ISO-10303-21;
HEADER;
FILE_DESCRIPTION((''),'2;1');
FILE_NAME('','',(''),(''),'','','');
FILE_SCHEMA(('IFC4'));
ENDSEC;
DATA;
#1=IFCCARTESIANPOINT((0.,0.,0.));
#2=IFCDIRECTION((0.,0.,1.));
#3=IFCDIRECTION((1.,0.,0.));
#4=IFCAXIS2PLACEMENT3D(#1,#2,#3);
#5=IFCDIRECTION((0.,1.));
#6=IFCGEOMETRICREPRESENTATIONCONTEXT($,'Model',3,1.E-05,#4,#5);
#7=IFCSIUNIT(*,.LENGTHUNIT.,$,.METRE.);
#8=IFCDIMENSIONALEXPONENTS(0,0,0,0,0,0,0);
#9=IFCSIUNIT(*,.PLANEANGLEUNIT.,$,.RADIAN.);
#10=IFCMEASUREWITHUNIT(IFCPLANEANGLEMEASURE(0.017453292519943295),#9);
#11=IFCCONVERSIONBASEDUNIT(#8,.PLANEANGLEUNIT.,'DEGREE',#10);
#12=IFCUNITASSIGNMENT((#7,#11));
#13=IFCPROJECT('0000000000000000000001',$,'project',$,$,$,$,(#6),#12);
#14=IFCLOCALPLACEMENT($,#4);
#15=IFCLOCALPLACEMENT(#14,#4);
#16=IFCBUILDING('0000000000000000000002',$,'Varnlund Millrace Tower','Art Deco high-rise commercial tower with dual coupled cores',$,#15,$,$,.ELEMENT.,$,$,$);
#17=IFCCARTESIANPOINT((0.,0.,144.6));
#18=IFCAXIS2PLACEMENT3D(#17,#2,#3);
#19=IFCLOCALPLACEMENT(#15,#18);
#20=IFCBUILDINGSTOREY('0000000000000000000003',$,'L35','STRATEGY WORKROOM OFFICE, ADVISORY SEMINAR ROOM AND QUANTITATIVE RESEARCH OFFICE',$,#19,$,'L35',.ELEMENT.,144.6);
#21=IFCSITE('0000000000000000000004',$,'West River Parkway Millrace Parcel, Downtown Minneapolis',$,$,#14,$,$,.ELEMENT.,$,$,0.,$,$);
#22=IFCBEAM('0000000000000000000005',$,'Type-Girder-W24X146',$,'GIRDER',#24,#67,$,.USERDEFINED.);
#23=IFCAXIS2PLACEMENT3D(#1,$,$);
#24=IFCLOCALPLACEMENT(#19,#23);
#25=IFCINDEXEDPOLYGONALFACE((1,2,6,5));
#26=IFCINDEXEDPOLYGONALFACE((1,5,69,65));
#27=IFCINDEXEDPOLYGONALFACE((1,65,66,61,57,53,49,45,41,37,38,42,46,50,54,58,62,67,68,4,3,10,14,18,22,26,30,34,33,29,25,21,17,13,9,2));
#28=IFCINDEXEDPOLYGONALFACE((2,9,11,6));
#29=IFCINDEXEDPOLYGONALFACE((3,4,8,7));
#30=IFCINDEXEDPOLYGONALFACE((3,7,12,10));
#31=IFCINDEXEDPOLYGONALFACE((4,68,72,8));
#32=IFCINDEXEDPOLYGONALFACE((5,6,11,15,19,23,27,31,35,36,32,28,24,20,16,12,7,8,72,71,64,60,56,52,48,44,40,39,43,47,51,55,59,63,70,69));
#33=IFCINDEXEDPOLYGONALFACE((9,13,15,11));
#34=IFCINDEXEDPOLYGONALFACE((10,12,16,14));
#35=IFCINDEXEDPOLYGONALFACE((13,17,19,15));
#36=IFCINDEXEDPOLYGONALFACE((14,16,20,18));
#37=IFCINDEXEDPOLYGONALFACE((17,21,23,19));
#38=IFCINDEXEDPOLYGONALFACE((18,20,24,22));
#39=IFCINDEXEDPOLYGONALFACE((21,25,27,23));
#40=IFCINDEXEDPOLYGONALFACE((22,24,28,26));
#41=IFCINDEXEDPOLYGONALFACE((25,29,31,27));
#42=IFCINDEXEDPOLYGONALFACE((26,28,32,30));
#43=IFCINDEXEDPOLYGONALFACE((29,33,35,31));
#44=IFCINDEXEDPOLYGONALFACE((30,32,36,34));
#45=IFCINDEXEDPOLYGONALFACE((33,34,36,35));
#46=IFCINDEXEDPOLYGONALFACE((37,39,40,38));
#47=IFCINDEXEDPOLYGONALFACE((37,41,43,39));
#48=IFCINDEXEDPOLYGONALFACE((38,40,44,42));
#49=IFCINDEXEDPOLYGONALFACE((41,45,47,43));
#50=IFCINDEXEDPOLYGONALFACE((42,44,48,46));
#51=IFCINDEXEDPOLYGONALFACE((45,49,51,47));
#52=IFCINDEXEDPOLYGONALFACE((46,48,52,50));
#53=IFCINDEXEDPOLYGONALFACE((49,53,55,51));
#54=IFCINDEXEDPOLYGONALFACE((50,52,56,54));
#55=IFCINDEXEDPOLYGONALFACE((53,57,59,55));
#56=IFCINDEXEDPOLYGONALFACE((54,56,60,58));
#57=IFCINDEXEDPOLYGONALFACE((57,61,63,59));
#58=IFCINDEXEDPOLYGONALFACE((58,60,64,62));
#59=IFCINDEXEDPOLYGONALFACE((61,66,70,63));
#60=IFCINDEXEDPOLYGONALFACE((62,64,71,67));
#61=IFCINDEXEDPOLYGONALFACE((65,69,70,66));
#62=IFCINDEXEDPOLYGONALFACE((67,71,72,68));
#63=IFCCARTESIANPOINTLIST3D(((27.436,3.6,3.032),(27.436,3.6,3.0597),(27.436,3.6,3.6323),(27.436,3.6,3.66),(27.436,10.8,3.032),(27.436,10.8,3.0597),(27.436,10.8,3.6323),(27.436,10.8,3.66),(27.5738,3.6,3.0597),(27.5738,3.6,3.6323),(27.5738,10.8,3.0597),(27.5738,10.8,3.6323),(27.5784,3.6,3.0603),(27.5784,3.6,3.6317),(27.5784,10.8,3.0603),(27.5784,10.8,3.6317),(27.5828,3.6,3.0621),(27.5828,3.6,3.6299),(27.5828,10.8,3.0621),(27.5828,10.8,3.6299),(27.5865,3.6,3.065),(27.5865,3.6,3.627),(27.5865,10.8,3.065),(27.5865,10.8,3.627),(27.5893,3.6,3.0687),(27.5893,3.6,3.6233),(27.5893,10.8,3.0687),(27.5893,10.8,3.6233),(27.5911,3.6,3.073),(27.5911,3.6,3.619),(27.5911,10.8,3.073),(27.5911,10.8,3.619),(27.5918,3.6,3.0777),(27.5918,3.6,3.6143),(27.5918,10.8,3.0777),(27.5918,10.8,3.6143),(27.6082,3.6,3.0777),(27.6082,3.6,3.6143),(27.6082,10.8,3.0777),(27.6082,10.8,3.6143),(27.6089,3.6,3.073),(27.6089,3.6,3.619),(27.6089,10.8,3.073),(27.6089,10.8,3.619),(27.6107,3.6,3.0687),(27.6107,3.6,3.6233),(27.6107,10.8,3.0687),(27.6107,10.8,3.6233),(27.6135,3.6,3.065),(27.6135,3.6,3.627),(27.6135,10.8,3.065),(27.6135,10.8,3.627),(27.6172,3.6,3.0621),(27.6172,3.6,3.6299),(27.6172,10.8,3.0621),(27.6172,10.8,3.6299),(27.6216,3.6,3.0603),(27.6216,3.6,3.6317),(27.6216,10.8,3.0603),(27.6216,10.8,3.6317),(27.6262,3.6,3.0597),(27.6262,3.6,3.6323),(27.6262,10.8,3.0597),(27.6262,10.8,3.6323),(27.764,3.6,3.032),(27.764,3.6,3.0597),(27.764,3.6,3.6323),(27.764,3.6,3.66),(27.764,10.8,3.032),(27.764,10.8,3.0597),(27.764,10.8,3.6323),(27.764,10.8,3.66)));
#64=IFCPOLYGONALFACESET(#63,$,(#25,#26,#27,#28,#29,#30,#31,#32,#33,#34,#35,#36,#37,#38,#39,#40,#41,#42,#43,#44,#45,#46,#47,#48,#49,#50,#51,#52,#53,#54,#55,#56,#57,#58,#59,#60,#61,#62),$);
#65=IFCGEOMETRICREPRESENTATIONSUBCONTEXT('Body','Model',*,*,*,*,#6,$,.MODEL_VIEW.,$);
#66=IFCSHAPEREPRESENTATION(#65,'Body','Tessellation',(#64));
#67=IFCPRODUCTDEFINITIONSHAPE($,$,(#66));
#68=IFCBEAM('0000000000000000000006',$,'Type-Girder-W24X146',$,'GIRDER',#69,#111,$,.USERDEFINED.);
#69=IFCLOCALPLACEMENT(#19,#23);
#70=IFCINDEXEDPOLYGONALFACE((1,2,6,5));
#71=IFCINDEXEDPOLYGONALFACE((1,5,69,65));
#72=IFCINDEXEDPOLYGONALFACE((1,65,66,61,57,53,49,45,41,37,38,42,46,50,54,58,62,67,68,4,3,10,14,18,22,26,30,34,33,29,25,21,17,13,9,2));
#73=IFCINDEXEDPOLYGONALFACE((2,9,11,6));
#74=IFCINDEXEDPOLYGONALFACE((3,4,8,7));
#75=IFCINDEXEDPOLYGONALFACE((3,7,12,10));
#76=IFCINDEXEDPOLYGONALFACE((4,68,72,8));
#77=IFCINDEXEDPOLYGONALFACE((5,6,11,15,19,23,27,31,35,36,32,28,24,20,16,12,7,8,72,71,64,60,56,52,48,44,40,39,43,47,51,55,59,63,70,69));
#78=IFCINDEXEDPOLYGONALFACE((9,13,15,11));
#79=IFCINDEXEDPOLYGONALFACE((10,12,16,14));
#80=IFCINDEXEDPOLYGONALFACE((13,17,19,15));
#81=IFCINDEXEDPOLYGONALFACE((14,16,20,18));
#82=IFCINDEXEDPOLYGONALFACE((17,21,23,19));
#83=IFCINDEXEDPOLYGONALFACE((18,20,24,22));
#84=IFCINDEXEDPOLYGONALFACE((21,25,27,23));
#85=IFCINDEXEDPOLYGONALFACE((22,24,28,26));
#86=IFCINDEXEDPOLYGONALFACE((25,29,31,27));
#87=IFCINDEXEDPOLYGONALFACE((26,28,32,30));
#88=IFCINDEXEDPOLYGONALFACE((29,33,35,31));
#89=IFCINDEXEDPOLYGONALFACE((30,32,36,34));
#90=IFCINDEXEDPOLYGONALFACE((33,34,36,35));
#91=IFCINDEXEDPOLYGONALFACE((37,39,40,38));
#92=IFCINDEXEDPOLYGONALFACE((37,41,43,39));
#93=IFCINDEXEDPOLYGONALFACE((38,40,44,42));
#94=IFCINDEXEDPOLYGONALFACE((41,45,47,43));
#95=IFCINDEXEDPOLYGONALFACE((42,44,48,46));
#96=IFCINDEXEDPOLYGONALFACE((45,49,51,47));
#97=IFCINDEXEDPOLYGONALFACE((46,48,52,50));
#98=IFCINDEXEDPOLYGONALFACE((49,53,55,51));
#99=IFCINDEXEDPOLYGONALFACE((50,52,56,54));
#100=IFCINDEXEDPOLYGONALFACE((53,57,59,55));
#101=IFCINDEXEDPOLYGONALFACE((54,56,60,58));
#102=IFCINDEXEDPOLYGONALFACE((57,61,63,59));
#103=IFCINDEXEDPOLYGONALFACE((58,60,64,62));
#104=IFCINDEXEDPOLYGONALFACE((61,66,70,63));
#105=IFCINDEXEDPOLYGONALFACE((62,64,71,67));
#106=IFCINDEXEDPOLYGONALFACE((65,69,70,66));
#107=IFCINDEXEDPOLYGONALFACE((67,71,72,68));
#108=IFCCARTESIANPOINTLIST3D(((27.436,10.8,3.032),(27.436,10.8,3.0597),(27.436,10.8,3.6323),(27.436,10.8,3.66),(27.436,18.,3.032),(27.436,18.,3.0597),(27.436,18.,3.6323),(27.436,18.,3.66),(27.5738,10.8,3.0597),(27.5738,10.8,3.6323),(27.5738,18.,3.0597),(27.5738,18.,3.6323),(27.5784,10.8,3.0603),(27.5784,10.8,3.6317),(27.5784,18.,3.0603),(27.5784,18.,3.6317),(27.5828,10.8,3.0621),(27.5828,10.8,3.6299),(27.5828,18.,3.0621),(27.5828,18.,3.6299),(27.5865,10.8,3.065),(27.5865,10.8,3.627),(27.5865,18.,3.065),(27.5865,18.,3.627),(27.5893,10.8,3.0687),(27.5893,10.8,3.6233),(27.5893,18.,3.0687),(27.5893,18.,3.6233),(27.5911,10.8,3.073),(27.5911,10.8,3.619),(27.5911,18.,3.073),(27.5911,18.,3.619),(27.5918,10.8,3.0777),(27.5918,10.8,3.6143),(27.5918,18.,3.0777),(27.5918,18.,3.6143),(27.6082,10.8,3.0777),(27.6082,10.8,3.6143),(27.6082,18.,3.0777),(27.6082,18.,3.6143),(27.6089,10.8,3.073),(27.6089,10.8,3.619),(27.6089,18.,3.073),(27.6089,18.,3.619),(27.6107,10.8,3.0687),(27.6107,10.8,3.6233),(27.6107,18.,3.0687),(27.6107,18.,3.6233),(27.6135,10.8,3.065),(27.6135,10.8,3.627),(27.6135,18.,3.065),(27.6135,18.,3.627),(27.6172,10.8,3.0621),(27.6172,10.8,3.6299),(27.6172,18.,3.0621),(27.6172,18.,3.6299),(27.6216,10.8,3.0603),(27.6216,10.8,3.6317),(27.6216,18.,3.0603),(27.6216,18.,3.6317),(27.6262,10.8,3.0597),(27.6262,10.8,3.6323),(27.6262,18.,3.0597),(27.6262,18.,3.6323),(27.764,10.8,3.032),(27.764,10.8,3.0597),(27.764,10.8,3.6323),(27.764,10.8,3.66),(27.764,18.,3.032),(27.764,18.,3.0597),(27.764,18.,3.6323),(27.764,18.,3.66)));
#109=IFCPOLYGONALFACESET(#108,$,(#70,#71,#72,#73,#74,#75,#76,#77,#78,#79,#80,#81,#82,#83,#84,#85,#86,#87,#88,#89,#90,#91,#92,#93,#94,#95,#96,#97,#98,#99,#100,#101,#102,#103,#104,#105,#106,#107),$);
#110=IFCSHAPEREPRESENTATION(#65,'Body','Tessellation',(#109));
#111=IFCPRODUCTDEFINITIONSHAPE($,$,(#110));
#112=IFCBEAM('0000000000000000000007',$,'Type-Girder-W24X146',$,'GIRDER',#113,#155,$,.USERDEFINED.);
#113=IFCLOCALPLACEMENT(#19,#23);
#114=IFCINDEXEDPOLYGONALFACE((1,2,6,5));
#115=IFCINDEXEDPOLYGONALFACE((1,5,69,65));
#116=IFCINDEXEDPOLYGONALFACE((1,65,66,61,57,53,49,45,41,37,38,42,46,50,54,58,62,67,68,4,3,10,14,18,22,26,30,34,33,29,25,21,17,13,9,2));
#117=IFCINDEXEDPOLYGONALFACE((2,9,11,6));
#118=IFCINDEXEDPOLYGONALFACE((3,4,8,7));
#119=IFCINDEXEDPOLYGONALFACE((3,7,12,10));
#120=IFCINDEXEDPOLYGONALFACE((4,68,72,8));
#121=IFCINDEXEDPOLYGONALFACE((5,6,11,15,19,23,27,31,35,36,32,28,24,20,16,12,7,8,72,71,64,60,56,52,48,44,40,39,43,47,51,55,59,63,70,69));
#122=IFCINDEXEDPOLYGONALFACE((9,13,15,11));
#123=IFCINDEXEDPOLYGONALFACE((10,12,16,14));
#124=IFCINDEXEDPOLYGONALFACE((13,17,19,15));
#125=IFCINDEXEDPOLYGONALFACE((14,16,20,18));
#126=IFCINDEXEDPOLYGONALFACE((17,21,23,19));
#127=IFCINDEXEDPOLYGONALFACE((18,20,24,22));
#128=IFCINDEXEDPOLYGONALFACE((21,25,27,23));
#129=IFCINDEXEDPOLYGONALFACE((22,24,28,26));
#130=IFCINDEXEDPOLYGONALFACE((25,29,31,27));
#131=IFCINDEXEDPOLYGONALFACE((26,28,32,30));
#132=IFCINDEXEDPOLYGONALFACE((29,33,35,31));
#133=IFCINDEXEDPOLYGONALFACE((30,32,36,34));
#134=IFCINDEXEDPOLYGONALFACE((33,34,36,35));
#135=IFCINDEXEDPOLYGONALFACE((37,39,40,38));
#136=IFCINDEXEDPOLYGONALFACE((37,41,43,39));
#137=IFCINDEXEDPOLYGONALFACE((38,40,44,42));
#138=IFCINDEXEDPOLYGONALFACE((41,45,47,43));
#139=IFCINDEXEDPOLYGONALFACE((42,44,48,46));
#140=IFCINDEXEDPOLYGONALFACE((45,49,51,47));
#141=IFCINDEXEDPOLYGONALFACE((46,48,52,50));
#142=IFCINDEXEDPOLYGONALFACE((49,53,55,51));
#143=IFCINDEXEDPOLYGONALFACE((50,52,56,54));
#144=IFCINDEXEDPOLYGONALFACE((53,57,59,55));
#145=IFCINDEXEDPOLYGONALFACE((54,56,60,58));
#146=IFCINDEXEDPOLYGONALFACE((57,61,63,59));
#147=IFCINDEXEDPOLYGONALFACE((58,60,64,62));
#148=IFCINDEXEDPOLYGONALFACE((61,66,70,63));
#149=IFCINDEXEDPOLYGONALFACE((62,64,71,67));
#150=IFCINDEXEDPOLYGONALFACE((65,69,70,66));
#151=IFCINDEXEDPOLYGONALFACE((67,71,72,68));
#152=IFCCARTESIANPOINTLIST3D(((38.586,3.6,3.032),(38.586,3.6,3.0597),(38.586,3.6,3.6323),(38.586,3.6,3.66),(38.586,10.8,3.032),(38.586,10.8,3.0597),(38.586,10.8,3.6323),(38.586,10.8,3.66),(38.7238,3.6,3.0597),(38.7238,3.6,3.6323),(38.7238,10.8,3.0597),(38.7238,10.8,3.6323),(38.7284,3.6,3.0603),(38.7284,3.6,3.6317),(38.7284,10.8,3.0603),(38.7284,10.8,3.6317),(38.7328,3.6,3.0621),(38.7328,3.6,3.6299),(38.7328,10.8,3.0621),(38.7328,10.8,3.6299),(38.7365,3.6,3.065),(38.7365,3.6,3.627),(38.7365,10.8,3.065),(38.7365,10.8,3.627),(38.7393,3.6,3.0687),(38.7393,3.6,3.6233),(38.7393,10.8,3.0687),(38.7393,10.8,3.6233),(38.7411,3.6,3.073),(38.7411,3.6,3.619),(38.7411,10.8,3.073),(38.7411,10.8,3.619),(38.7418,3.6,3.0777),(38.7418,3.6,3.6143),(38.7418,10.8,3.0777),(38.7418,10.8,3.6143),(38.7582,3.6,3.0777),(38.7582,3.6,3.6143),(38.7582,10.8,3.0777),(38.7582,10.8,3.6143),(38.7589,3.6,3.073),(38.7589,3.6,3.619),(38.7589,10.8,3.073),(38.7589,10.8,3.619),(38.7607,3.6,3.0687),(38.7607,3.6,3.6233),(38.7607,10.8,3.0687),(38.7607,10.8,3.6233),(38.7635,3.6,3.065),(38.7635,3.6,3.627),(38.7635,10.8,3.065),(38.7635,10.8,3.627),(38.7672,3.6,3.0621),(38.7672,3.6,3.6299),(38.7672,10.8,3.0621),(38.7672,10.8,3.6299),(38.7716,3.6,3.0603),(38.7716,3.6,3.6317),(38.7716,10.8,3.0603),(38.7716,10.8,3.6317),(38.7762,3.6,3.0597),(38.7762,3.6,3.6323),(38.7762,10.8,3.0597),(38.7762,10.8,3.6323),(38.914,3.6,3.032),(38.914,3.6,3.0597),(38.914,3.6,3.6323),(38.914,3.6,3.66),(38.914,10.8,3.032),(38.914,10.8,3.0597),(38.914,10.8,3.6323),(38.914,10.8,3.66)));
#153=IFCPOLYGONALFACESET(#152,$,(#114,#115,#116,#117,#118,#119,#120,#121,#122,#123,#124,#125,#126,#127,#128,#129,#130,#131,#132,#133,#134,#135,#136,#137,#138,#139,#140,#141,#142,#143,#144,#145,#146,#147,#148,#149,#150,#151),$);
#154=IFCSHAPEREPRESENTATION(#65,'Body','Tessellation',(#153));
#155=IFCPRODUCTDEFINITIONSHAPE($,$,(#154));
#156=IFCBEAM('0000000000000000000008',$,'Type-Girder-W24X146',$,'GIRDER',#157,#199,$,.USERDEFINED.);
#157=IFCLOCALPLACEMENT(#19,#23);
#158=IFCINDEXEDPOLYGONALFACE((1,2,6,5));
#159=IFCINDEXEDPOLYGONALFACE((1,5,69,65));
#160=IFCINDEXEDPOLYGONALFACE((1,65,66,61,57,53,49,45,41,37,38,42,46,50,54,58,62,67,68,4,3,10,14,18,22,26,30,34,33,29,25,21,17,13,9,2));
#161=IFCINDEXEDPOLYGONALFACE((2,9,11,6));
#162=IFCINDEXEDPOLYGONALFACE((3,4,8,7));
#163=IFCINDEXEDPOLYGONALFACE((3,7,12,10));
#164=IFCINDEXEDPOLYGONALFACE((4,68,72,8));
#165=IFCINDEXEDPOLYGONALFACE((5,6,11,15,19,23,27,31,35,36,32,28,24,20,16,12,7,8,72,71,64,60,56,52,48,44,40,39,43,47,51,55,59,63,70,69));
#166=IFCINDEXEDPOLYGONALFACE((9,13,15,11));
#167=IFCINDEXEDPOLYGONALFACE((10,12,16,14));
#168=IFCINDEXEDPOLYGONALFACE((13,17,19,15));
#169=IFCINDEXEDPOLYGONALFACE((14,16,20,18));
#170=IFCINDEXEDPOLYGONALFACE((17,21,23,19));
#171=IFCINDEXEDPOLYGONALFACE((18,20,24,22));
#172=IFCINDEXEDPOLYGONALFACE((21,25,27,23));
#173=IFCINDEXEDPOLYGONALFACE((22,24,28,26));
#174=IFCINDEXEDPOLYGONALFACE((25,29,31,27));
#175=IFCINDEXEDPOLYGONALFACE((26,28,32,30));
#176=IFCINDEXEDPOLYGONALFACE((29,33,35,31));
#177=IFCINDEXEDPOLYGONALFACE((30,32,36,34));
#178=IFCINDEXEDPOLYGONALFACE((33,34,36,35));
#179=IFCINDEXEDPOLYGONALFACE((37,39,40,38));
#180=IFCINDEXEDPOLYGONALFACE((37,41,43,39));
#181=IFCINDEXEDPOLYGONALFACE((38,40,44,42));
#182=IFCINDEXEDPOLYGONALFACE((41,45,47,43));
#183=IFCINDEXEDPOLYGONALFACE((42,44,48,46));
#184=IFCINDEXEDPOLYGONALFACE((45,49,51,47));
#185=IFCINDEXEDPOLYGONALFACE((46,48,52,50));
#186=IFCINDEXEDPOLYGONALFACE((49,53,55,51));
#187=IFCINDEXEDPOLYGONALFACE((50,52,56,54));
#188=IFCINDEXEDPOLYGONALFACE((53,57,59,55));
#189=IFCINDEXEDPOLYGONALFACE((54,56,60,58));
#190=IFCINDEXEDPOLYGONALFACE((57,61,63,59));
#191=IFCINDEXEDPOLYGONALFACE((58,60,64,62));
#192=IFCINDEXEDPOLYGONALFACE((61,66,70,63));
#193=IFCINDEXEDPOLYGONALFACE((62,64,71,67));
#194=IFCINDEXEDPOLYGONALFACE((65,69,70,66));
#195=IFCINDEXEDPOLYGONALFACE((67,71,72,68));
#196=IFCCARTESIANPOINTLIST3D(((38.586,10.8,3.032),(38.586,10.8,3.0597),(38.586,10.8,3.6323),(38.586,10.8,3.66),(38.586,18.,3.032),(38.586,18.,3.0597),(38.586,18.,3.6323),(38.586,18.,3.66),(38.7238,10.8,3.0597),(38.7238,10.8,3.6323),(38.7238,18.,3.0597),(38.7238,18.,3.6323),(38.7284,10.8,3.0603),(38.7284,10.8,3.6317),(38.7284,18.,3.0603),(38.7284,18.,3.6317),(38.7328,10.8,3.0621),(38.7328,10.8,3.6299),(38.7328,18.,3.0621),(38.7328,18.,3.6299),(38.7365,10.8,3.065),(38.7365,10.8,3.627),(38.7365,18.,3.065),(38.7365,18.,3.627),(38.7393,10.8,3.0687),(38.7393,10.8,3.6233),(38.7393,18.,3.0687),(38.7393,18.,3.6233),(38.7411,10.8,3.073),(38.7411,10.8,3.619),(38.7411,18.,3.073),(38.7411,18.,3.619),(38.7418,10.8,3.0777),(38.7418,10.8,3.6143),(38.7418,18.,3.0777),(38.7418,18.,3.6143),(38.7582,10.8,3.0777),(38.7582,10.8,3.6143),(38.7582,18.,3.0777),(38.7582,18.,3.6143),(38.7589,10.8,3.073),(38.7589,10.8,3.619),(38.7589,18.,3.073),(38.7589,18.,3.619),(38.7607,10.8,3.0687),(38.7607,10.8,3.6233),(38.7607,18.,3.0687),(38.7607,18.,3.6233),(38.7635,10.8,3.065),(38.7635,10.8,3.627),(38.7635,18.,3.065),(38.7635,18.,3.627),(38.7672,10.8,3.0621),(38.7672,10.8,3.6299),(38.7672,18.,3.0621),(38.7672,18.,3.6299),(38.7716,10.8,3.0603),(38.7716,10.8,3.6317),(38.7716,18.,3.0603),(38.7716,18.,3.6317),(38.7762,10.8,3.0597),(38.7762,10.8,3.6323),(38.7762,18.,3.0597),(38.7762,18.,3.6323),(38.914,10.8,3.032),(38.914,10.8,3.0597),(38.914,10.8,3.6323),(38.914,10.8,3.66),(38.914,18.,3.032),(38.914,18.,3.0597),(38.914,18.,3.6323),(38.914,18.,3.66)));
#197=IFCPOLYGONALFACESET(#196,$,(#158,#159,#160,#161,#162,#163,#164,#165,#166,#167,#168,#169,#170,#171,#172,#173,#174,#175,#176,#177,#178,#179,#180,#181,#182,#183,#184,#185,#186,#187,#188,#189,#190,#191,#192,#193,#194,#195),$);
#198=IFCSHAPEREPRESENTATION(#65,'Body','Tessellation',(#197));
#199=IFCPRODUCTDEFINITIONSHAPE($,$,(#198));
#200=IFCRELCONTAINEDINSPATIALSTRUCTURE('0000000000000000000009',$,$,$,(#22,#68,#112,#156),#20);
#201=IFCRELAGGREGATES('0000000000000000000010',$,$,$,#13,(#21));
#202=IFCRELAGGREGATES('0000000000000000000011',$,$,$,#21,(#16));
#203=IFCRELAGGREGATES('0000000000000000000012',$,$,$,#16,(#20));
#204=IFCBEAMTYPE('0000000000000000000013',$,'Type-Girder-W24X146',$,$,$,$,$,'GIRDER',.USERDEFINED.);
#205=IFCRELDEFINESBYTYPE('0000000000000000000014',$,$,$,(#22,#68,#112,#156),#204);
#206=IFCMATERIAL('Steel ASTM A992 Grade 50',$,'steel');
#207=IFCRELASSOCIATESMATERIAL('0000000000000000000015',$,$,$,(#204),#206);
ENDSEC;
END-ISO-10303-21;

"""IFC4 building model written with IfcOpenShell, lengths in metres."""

from ifc_helpers import new_model, entity, si_unit, converted_unit, direction, frame, origin_with_axes, origin_2d_with_axis, place, context, subcontext, project, spatial, i_section, extrude, material, material_profile, profile_set, type_object, element, save


model = new_model("IFC4")

# Units and contexts
model_context = context("Model", 3, precision=1e-05, world=origin_with_axes(), true_north=direction((0.0, 1.0)))
body_context = subcontext(model_context, "Body", "Model", "MODEL_VIEW")
ifc_project = project(units=[si_unit("LENGTHUNIT", "METRE"), converted_unit("PLANEANGLEUNIT", "DEGREE", entity("IfcPlaneAngleMeasure", 0.017453292519943295), si_unit("PLANEANGLEUNIT", "RADIAN"), dimensions=[0, 0, 0, 0, 0, 0, 0])], contexts=[model_context])

# Site, building, storey
site_placement = place(None, origin_with_axes())
site = spatial("IfcSite", under=ifc_project, at=site_placement, Name="West River Parkway Millrace Parcel, Downtown Minneapolis", CompositionType="ELEMENT", RefElevation=0.0)
building_placement = place(site_placement, origin_with_axes())
building = spatial("IfcBuilding", under=site, at=building_placement, Name="Varnlund Millrace Tower", Description="Art Deco high-rise commercial tower with dual coupled cores", CompositionType="ELEMENT")
storey_placement = place(building_placement, frame((0.0, 0.0, 144.6), z_axis=(0.0, 0.0, 1.0), x_axis=(1.0, 0.0, 0.0)))
storey = spatial("IfcBuildingStorey", under=building, at=storey_placement, Name="L35", Description="STRATEGY WORKROOM OFFICE, ADVISORY SEMINAR ROOM AND QUANTITATIVE RESEARCH OFFICE", LongName="L35", CompositionType="ELEMENT", Elevation=144.6)

# Beams
ifc_material_1 = material(Name="Steel ASTM A992 Grade 50", Category="steel")
ifc_material_profile_1 = material_profile(ifc_material_1, i_section(OverallWidth=0.328, OverallDepth=0.628, WebThickness=0.0165, FlangeThickness=0.0277, FilletRadius=0.018, at=origin_2d_with_axis()), Name="Steel ASTM A992 Grade 50")
ifc_profile_set_1 = profile_set([ifc_material_profile_1], Name="Steel ASTM A992 Grade 50")
beam_type_1 = type_object("IfcBeamType", Name="Type-Girder-W24X146", ElementType="GIRDER", PredefinedType="USERDEFINED", material=ifc_profile_set_1)
for number, where, z_axis, x_axis, name in (
    (1, (27.6, 3.6, 3.346), (0.0, 1.0, 0.0), (-1.0, 0.0, 0.0), "Type-Girder-W24X146"),
    (2, (27.6, 10.8, 3.346), (0.0, 1.0, 0.0), (-1.0, 0.0, 0.0), "Type-Girder-W24X146"),
    (3, (38.75, 3.6, 3.346), (0.0, 1.0, 0.0), (-1.0, 0.0, 0.0), "Type-Girder-W24X146"),
    (4, (38.75, 10.8, 3.346), (0.0, 1.0, 0.0), (-1.0, 0.0, 0.0), "Type-Girder-W24X146"),
):
    element("IfcBeam", number, at=place(storey_placement, frame(where, z_axis=z_axis, x_axis=x_axis)), inside=storey, type_object=beam_type_1, Name=name, ObjectType="GIRDER", PredefinedType="USERDEFINED", context=body_context, shape_type="SweptSolid", body=[
        extrude(i_section(OverallWidth=0.328, OverallDepth=0.628, WebThickness=0.0165, FlangeThickness=0.0277, FilletRadius=0.018, at=origin_2d_with_axis()), origin_with_axes(), (0.0, 0.0, 1.0), 7.2),
    ])

save(model, "model.ifc")
